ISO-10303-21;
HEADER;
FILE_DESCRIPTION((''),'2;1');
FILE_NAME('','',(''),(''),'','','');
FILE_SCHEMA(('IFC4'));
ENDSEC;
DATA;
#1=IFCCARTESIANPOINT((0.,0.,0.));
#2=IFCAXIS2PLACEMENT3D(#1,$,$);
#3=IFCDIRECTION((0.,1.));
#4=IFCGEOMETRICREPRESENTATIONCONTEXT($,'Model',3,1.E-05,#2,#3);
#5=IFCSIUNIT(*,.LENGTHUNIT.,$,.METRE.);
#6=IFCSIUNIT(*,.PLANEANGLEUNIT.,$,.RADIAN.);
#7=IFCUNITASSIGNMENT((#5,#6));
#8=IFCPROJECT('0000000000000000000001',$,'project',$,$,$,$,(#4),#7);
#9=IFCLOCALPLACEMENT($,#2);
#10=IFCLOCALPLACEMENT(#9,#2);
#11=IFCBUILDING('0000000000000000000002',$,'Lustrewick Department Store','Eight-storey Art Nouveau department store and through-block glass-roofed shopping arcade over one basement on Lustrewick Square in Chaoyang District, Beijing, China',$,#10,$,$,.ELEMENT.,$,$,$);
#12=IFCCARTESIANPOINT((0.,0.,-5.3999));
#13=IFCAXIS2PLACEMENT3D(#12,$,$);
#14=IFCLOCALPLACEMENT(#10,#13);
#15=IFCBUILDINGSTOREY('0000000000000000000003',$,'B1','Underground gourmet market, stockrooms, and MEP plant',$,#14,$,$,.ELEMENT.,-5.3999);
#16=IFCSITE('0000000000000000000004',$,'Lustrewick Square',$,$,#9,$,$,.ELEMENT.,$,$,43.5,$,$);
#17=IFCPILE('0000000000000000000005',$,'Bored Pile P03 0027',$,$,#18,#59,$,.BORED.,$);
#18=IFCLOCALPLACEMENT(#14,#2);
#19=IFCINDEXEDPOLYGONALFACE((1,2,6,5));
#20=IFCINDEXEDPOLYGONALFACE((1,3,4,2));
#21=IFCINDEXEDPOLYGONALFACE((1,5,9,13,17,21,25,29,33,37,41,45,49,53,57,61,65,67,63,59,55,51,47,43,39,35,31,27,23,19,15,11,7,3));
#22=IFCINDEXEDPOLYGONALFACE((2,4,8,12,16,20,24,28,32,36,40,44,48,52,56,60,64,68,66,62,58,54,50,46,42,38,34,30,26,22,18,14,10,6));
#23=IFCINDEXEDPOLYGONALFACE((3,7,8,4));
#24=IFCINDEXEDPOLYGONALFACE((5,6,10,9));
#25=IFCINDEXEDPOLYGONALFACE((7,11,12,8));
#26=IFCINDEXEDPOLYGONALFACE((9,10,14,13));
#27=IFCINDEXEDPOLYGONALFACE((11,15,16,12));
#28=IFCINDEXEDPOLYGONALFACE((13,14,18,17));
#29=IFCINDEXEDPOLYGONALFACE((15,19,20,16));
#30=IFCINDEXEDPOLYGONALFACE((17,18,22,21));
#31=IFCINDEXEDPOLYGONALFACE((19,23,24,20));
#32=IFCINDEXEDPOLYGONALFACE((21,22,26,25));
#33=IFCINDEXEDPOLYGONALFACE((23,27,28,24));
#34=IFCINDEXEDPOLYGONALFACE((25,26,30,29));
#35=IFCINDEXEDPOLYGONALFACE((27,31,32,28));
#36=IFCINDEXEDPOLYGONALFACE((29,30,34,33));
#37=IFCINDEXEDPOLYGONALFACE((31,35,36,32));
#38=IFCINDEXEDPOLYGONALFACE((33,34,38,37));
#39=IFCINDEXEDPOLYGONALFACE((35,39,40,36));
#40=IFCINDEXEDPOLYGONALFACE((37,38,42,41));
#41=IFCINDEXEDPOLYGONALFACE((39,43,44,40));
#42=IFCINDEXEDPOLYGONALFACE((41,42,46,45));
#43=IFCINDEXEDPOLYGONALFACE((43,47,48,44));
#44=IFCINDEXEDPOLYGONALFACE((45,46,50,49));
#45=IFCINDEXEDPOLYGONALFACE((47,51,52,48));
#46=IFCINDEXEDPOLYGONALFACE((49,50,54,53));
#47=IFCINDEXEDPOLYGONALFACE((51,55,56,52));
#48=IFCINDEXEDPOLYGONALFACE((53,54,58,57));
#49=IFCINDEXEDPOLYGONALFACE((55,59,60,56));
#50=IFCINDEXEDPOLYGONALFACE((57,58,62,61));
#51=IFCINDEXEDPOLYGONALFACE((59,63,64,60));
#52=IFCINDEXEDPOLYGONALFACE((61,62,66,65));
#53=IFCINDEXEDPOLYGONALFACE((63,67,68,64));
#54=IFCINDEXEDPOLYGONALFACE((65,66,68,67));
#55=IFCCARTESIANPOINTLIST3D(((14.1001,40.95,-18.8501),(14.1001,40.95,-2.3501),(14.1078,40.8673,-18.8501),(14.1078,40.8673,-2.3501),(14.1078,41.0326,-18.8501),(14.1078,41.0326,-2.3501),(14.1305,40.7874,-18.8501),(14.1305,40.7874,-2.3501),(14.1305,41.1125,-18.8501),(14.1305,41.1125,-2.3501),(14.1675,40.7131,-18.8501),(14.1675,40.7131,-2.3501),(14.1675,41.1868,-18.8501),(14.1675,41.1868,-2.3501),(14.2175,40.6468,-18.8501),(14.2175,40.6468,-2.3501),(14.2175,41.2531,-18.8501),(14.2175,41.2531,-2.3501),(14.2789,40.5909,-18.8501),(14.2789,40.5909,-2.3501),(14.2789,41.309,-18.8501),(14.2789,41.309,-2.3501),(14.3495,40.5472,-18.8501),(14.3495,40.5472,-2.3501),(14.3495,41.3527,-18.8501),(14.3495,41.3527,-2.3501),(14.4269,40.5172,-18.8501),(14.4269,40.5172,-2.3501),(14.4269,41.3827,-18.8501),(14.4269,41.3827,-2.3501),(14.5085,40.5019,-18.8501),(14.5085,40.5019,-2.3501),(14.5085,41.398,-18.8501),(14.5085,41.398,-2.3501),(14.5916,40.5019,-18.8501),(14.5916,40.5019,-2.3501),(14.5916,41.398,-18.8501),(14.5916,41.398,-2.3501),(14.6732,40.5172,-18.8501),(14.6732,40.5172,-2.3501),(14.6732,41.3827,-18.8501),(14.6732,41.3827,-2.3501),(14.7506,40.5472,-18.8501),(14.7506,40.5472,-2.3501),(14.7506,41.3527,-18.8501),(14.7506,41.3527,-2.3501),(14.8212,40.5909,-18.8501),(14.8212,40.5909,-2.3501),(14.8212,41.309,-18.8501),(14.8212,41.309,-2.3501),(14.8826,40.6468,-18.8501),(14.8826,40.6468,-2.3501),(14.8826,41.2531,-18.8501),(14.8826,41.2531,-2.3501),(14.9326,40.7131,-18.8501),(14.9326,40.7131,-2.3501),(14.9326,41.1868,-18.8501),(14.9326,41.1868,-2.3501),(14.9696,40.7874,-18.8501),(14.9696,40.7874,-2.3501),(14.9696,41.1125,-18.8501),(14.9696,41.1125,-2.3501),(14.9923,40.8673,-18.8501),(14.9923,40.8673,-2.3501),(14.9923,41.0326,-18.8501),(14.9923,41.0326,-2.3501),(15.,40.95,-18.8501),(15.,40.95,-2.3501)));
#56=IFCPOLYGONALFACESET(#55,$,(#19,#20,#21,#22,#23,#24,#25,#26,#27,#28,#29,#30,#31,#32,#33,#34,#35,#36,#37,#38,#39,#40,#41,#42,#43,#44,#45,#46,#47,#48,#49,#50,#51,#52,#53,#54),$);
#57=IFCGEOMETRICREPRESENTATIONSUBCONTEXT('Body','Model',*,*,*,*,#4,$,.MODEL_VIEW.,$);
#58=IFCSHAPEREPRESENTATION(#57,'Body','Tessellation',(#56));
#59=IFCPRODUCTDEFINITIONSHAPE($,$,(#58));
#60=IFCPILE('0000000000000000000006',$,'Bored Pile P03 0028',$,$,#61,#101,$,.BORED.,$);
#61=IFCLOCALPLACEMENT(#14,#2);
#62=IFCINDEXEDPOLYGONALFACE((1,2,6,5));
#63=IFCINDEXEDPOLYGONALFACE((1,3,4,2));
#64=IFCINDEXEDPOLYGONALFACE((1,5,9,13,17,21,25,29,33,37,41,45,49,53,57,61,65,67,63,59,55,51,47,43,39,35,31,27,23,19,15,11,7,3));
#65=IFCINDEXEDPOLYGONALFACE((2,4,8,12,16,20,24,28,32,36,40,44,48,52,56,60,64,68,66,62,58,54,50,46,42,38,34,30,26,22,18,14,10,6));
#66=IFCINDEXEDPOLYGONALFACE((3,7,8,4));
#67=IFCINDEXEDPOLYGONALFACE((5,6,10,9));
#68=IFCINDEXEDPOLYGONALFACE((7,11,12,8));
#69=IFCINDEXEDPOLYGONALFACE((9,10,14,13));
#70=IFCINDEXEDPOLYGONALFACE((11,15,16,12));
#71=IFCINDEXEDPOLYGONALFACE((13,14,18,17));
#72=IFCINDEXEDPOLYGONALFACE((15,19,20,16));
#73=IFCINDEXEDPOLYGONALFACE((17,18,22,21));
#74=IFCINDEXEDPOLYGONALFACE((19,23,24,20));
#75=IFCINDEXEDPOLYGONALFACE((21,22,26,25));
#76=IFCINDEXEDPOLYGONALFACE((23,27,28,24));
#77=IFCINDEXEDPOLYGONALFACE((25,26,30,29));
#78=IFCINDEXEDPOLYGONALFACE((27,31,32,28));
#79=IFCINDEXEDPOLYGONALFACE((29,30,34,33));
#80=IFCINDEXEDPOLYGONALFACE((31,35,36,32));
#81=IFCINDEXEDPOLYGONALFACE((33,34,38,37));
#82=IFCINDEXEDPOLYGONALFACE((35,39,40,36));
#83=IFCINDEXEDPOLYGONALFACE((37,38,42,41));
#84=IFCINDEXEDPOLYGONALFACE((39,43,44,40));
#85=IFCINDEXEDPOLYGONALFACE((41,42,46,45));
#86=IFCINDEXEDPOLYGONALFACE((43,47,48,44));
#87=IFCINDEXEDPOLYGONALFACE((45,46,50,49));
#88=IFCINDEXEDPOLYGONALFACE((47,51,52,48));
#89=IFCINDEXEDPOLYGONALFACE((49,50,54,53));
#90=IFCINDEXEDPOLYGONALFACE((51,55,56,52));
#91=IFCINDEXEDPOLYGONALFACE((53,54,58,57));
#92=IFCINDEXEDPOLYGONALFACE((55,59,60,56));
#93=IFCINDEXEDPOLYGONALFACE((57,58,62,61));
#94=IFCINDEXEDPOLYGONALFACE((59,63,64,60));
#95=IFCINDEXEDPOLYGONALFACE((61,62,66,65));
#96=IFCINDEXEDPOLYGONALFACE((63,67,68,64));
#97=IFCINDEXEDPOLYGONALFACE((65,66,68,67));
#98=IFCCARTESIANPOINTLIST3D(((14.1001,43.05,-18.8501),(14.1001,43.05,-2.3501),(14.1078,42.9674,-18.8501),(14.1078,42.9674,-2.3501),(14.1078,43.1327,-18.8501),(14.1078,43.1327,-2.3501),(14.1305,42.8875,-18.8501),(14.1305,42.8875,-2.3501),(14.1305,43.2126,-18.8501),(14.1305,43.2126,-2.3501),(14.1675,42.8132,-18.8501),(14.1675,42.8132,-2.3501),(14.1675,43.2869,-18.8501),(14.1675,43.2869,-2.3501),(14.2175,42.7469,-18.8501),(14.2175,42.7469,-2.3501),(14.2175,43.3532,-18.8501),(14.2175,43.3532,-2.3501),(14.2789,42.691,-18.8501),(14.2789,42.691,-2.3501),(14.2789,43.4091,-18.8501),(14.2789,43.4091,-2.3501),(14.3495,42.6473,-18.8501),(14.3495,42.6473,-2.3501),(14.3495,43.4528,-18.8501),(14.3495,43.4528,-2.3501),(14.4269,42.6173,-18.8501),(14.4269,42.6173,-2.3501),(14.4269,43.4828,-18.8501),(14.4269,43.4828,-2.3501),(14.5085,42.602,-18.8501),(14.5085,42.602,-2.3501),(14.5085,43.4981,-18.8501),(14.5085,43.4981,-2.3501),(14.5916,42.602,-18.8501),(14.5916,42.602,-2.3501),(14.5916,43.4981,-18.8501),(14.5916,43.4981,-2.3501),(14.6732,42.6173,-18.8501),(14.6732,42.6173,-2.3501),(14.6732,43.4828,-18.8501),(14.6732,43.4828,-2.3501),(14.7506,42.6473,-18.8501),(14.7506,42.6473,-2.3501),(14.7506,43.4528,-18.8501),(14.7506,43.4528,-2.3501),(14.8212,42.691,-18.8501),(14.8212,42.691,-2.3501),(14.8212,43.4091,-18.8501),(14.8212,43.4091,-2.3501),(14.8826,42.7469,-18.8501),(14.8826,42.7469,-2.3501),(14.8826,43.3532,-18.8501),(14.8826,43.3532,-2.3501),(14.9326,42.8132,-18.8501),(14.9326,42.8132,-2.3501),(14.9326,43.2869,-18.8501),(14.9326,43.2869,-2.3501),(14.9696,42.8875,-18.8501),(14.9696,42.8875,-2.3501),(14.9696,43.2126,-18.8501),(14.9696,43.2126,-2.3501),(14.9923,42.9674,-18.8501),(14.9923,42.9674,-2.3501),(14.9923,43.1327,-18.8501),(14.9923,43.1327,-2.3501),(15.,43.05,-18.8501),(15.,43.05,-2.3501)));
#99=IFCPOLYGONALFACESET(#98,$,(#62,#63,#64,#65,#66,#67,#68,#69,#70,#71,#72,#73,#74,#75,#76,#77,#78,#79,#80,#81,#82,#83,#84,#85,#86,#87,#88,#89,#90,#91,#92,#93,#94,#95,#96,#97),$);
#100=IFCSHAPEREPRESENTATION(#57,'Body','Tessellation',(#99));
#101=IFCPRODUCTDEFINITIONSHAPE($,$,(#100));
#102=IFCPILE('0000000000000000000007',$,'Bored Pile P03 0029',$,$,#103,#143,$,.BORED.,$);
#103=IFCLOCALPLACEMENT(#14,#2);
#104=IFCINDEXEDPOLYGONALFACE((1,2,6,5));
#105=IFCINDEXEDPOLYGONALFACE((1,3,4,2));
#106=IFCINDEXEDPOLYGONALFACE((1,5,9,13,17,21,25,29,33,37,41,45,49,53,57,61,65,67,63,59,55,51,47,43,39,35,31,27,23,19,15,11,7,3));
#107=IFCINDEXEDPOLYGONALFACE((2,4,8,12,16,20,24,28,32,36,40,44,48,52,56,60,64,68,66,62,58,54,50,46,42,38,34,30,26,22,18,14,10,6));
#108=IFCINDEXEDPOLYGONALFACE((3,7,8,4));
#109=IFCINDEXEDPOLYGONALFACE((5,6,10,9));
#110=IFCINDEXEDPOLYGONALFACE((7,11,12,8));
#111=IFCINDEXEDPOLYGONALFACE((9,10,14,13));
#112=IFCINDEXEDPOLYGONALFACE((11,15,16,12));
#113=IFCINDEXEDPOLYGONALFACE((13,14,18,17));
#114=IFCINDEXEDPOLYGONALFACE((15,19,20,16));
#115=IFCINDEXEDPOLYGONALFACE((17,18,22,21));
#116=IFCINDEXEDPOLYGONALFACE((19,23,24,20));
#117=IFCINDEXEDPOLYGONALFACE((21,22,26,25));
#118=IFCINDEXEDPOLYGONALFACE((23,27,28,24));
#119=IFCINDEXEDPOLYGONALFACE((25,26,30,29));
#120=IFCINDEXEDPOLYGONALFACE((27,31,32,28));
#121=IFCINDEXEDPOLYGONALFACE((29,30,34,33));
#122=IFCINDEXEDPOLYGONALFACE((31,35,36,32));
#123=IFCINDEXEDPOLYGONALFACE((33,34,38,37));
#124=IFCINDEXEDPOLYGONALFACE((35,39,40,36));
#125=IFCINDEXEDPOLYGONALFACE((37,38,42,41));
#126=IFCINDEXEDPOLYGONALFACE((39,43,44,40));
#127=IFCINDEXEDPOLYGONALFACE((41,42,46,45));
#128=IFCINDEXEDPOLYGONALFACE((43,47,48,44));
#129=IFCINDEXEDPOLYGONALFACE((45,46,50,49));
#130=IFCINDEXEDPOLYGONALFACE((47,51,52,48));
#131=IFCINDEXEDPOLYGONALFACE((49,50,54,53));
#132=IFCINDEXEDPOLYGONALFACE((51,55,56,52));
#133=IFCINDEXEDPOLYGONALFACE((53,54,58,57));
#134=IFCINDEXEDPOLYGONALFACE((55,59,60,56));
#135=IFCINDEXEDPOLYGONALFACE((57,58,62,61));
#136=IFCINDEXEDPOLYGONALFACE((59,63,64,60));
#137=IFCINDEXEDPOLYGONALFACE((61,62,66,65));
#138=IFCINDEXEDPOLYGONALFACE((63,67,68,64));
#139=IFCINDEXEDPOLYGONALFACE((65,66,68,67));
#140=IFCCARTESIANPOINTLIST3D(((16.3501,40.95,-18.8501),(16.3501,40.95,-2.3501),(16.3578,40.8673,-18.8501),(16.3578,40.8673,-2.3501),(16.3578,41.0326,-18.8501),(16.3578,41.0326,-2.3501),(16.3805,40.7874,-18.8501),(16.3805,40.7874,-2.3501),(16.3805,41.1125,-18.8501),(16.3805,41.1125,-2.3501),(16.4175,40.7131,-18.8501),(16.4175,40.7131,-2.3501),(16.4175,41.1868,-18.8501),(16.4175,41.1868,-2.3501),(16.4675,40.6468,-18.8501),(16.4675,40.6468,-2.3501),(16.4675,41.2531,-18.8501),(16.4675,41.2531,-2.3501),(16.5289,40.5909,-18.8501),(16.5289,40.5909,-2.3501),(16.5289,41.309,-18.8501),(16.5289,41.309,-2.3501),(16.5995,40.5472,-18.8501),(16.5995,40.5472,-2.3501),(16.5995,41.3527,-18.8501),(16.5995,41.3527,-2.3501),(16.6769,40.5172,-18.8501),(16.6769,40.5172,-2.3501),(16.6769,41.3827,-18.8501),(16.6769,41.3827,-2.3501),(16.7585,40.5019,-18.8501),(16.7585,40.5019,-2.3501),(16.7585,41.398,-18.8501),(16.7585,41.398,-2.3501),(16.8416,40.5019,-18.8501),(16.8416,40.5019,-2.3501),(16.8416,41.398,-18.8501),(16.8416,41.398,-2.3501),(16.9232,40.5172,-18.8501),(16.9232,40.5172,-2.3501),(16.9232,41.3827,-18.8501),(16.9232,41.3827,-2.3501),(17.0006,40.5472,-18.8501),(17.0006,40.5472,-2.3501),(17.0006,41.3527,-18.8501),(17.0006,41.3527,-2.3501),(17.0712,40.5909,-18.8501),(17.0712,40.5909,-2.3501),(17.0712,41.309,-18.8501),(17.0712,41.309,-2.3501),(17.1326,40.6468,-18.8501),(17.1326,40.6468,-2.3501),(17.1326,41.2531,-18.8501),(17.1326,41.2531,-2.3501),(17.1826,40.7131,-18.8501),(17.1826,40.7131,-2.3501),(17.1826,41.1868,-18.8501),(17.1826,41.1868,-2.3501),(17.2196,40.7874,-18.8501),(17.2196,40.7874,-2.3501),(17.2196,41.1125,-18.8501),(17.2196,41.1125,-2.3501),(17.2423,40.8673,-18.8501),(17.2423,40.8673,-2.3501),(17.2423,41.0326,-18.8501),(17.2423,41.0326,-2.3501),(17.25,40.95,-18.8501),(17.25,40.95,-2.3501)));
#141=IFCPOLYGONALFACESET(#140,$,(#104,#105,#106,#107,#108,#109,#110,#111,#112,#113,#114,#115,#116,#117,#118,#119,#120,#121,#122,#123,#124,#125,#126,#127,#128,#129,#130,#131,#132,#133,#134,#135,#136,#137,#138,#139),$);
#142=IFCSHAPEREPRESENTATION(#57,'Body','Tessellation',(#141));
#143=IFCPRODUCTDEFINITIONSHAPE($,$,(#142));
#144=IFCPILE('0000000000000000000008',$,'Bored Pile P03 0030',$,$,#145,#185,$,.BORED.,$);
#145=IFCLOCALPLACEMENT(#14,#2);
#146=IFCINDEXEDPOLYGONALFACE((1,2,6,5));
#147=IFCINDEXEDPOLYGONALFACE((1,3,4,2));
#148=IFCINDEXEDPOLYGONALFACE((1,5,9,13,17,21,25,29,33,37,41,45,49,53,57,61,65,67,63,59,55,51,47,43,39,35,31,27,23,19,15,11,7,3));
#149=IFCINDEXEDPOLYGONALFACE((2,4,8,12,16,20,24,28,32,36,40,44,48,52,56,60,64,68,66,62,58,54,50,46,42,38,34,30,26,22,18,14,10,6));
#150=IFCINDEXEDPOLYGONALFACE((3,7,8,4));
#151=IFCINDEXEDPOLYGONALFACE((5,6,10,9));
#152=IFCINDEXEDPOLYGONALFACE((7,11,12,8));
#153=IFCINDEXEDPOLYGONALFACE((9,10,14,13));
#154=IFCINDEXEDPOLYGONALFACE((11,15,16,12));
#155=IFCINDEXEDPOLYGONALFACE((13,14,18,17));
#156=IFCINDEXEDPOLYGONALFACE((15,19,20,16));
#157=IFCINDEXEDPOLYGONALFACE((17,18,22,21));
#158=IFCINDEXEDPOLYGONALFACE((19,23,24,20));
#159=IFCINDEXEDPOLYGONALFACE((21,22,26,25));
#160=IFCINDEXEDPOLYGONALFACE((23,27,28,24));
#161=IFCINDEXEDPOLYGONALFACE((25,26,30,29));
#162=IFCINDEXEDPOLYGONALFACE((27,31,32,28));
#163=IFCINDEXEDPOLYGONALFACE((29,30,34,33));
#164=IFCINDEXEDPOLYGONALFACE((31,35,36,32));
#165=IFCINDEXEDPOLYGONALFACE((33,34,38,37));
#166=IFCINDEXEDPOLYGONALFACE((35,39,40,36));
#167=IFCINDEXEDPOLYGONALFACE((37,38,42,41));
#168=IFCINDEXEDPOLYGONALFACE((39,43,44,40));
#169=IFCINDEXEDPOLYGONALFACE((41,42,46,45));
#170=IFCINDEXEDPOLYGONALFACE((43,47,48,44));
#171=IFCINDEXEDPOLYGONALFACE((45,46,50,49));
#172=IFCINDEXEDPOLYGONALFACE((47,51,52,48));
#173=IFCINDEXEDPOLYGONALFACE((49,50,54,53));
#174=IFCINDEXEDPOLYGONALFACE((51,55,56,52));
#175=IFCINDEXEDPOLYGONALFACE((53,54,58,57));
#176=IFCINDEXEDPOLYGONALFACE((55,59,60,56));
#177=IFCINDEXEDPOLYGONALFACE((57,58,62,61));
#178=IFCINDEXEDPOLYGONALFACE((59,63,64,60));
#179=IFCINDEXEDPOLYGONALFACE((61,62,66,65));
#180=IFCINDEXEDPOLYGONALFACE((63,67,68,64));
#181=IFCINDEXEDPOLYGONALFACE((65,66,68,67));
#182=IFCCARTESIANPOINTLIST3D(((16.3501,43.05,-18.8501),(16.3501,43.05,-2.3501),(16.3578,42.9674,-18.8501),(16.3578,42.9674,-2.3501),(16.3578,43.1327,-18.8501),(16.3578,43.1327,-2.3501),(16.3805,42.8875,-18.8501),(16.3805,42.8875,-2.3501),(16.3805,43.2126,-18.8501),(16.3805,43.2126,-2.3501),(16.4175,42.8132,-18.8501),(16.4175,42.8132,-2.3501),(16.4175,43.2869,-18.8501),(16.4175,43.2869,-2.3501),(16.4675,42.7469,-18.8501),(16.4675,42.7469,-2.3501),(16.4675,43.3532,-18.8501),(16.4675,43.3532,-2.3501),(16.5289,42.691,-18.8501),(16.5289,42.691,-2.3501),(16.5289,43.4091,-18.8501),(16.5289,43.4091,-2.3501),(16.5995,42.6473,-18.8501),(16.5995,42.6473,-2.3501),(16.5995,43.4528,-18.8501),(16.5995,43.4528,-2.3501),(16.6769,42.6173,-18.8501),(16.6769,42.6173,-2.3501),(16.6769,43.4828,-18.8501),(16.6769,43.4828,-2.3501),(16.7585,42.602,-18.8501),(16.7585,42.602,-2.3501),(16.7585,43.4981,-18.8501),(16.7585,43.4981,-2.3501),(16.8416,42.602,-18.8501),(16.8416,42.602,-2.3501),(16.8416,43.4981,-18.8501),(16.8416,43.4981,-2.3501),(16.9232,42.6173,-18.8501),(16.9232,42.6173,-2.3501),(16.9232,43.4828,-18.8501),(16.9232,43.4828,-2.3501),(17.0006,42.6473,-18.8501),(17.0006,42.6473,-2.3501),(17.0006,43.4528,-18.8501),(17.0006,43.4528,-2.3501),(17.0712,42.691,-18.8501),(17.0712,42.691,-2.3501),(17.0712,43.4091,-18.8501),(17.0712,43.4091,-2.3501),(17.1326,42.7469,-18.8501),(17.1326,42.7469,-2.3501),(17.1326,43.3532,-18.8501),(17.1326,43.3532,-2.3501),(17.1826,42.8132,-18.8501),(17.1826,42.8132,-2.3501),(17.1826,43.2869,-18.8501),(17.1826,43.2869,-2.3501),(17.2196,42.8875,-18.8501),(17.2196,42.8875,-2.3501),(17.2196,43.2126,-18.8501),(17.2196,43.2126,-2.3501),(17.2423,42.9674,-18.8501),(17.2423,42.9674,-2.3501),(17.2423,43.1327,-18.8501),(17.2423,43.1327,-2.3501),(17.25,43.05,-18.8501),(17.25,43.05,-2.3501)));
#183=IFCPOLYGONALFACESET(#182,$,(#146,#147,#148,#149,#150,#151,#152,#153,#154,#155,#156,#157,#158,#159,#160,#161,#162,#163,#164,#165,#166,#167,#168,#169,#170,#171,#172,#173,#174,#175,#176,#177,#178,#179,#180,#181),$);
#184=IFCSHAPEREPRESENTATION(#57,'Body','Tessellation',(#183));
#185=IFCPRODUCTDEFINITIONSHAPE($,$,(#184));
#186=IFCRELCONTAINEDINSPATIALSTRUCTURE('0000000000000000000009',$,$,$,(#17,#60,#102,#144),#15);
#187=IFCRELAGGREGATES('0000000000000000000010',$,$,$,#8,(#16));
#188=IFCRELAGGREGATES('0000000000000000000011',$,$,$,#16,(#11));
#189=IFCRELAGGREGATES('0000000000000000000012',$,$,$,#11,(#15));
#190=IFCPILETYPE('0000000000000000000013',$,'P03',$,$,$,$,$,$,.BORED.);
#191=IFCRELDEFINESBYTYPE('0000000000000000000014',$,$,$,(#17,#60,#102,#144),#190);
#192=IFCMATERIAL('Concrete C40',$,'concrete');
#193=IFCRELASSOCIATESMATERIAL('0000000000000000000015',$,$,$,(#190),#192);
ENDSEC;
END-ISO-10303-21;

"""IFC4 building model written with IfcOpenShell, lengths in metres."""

from ifc_helpers import new_model, si_unit, direction, frame, origin, origin_2d, place, context, subcontext, project, spatial, circle, extrude, material, material_profile, profile_set, type_object, element, save


model = new_model("IFC4")

# Units and contexts
model_context = context("Model", 3, precision=1e-05, world=origin(), true_north=direction((0.0, 1.0)))
body_context = subcontext(model_context, "Body", "Model", "MODEL_VIEW")
ifc_project = project(units=[si_unit("LENGTHUNIT", "METRE"), si_unit("PLANEANGLEUNIT", "RADIAN")], contexts=[model_context])

# Site, building, storey
site_placement = place(None, origin())
site = spatial("IfcSite", under=ifc_project, at=site_placement, Name="Lustrewick Square", CompositionType="ELEMENT", RefElevation=43.5)
building_placement = place(site_placement, origin())
building = spatial("IfcBuilding", under=site, at=building_placement, Name="Lustrewick Department Store", Description="Eight-storey Art Nouveau department store and through-block glass-roofed shopping arcade over one basement on Lustrewick Square in Chaoyang District, Beijing, China", CompositionType="ELEMENT")
storey_placement = place(building_placement, frame((0.0, 0.0, -5.3999)))
storey = spatial("IfcBuildingStorey", under=building, at=storey_placement, Name="B1", Description="Underground gourmet market, stockrooms, and MEP plant", CompositionType="ELEMENT", Elevation=-5.3999)

# Piles
ifc_material_1 = material(Name="Concrete C40", Category="concrete")
ifc_material_profile_1 = material_profile(ifc_material_1, circle(Radius=0.45, at=origin_2d()), Name="PILE D900")
ifc_profile_set_1 = profile_set([ifc_material_profile_1], Name="Concrete C40")
pile_type_1 = type_object("IfcPileType", Name="P03", PredefinedType="BORED", material=ifc_profile_set_1)
for number, where, z_axis, x_axis, name in (
    (1, (14.55, 40.95, -2.3501), (0.0, 0.0, -1.0), (1.0, 0.0, 0.0), "Bored Pile P03 0027"),
    (2, (14.55, 43.05, -2.3501), (0.0, 0.0, -1.0), (1.0, 0.0, 0.0), "Bored Pile P03 0028"),
    (3, (16.8, 40.95, -2.3501), (0.0, 0.0, -1.0), (1.0, 0.0, 0.0), "Bored Pile P03 0029"),
    (4, (16.8, 43.05, -2.3501), (0.0, 0.0, -1.0), (1.0, 0.0, 0.0), "Bored Pile P03 0030"),
):
    element("IfcPile", number, at=place(storey_placement, frame(where, z_axis=z_axis, x_axis=x_axis)), inside=storey, type_object=pile_type_1, Name=name, PredefinedType="BORED", context=body_context, shape_type="SweptSolid", body=[
        extrude(circle(Radius=0.45, at=origin_2d()), origin(), (0.0, 0.0, 1.0), 16.5),
    ])

save(model, "model.ifc")
